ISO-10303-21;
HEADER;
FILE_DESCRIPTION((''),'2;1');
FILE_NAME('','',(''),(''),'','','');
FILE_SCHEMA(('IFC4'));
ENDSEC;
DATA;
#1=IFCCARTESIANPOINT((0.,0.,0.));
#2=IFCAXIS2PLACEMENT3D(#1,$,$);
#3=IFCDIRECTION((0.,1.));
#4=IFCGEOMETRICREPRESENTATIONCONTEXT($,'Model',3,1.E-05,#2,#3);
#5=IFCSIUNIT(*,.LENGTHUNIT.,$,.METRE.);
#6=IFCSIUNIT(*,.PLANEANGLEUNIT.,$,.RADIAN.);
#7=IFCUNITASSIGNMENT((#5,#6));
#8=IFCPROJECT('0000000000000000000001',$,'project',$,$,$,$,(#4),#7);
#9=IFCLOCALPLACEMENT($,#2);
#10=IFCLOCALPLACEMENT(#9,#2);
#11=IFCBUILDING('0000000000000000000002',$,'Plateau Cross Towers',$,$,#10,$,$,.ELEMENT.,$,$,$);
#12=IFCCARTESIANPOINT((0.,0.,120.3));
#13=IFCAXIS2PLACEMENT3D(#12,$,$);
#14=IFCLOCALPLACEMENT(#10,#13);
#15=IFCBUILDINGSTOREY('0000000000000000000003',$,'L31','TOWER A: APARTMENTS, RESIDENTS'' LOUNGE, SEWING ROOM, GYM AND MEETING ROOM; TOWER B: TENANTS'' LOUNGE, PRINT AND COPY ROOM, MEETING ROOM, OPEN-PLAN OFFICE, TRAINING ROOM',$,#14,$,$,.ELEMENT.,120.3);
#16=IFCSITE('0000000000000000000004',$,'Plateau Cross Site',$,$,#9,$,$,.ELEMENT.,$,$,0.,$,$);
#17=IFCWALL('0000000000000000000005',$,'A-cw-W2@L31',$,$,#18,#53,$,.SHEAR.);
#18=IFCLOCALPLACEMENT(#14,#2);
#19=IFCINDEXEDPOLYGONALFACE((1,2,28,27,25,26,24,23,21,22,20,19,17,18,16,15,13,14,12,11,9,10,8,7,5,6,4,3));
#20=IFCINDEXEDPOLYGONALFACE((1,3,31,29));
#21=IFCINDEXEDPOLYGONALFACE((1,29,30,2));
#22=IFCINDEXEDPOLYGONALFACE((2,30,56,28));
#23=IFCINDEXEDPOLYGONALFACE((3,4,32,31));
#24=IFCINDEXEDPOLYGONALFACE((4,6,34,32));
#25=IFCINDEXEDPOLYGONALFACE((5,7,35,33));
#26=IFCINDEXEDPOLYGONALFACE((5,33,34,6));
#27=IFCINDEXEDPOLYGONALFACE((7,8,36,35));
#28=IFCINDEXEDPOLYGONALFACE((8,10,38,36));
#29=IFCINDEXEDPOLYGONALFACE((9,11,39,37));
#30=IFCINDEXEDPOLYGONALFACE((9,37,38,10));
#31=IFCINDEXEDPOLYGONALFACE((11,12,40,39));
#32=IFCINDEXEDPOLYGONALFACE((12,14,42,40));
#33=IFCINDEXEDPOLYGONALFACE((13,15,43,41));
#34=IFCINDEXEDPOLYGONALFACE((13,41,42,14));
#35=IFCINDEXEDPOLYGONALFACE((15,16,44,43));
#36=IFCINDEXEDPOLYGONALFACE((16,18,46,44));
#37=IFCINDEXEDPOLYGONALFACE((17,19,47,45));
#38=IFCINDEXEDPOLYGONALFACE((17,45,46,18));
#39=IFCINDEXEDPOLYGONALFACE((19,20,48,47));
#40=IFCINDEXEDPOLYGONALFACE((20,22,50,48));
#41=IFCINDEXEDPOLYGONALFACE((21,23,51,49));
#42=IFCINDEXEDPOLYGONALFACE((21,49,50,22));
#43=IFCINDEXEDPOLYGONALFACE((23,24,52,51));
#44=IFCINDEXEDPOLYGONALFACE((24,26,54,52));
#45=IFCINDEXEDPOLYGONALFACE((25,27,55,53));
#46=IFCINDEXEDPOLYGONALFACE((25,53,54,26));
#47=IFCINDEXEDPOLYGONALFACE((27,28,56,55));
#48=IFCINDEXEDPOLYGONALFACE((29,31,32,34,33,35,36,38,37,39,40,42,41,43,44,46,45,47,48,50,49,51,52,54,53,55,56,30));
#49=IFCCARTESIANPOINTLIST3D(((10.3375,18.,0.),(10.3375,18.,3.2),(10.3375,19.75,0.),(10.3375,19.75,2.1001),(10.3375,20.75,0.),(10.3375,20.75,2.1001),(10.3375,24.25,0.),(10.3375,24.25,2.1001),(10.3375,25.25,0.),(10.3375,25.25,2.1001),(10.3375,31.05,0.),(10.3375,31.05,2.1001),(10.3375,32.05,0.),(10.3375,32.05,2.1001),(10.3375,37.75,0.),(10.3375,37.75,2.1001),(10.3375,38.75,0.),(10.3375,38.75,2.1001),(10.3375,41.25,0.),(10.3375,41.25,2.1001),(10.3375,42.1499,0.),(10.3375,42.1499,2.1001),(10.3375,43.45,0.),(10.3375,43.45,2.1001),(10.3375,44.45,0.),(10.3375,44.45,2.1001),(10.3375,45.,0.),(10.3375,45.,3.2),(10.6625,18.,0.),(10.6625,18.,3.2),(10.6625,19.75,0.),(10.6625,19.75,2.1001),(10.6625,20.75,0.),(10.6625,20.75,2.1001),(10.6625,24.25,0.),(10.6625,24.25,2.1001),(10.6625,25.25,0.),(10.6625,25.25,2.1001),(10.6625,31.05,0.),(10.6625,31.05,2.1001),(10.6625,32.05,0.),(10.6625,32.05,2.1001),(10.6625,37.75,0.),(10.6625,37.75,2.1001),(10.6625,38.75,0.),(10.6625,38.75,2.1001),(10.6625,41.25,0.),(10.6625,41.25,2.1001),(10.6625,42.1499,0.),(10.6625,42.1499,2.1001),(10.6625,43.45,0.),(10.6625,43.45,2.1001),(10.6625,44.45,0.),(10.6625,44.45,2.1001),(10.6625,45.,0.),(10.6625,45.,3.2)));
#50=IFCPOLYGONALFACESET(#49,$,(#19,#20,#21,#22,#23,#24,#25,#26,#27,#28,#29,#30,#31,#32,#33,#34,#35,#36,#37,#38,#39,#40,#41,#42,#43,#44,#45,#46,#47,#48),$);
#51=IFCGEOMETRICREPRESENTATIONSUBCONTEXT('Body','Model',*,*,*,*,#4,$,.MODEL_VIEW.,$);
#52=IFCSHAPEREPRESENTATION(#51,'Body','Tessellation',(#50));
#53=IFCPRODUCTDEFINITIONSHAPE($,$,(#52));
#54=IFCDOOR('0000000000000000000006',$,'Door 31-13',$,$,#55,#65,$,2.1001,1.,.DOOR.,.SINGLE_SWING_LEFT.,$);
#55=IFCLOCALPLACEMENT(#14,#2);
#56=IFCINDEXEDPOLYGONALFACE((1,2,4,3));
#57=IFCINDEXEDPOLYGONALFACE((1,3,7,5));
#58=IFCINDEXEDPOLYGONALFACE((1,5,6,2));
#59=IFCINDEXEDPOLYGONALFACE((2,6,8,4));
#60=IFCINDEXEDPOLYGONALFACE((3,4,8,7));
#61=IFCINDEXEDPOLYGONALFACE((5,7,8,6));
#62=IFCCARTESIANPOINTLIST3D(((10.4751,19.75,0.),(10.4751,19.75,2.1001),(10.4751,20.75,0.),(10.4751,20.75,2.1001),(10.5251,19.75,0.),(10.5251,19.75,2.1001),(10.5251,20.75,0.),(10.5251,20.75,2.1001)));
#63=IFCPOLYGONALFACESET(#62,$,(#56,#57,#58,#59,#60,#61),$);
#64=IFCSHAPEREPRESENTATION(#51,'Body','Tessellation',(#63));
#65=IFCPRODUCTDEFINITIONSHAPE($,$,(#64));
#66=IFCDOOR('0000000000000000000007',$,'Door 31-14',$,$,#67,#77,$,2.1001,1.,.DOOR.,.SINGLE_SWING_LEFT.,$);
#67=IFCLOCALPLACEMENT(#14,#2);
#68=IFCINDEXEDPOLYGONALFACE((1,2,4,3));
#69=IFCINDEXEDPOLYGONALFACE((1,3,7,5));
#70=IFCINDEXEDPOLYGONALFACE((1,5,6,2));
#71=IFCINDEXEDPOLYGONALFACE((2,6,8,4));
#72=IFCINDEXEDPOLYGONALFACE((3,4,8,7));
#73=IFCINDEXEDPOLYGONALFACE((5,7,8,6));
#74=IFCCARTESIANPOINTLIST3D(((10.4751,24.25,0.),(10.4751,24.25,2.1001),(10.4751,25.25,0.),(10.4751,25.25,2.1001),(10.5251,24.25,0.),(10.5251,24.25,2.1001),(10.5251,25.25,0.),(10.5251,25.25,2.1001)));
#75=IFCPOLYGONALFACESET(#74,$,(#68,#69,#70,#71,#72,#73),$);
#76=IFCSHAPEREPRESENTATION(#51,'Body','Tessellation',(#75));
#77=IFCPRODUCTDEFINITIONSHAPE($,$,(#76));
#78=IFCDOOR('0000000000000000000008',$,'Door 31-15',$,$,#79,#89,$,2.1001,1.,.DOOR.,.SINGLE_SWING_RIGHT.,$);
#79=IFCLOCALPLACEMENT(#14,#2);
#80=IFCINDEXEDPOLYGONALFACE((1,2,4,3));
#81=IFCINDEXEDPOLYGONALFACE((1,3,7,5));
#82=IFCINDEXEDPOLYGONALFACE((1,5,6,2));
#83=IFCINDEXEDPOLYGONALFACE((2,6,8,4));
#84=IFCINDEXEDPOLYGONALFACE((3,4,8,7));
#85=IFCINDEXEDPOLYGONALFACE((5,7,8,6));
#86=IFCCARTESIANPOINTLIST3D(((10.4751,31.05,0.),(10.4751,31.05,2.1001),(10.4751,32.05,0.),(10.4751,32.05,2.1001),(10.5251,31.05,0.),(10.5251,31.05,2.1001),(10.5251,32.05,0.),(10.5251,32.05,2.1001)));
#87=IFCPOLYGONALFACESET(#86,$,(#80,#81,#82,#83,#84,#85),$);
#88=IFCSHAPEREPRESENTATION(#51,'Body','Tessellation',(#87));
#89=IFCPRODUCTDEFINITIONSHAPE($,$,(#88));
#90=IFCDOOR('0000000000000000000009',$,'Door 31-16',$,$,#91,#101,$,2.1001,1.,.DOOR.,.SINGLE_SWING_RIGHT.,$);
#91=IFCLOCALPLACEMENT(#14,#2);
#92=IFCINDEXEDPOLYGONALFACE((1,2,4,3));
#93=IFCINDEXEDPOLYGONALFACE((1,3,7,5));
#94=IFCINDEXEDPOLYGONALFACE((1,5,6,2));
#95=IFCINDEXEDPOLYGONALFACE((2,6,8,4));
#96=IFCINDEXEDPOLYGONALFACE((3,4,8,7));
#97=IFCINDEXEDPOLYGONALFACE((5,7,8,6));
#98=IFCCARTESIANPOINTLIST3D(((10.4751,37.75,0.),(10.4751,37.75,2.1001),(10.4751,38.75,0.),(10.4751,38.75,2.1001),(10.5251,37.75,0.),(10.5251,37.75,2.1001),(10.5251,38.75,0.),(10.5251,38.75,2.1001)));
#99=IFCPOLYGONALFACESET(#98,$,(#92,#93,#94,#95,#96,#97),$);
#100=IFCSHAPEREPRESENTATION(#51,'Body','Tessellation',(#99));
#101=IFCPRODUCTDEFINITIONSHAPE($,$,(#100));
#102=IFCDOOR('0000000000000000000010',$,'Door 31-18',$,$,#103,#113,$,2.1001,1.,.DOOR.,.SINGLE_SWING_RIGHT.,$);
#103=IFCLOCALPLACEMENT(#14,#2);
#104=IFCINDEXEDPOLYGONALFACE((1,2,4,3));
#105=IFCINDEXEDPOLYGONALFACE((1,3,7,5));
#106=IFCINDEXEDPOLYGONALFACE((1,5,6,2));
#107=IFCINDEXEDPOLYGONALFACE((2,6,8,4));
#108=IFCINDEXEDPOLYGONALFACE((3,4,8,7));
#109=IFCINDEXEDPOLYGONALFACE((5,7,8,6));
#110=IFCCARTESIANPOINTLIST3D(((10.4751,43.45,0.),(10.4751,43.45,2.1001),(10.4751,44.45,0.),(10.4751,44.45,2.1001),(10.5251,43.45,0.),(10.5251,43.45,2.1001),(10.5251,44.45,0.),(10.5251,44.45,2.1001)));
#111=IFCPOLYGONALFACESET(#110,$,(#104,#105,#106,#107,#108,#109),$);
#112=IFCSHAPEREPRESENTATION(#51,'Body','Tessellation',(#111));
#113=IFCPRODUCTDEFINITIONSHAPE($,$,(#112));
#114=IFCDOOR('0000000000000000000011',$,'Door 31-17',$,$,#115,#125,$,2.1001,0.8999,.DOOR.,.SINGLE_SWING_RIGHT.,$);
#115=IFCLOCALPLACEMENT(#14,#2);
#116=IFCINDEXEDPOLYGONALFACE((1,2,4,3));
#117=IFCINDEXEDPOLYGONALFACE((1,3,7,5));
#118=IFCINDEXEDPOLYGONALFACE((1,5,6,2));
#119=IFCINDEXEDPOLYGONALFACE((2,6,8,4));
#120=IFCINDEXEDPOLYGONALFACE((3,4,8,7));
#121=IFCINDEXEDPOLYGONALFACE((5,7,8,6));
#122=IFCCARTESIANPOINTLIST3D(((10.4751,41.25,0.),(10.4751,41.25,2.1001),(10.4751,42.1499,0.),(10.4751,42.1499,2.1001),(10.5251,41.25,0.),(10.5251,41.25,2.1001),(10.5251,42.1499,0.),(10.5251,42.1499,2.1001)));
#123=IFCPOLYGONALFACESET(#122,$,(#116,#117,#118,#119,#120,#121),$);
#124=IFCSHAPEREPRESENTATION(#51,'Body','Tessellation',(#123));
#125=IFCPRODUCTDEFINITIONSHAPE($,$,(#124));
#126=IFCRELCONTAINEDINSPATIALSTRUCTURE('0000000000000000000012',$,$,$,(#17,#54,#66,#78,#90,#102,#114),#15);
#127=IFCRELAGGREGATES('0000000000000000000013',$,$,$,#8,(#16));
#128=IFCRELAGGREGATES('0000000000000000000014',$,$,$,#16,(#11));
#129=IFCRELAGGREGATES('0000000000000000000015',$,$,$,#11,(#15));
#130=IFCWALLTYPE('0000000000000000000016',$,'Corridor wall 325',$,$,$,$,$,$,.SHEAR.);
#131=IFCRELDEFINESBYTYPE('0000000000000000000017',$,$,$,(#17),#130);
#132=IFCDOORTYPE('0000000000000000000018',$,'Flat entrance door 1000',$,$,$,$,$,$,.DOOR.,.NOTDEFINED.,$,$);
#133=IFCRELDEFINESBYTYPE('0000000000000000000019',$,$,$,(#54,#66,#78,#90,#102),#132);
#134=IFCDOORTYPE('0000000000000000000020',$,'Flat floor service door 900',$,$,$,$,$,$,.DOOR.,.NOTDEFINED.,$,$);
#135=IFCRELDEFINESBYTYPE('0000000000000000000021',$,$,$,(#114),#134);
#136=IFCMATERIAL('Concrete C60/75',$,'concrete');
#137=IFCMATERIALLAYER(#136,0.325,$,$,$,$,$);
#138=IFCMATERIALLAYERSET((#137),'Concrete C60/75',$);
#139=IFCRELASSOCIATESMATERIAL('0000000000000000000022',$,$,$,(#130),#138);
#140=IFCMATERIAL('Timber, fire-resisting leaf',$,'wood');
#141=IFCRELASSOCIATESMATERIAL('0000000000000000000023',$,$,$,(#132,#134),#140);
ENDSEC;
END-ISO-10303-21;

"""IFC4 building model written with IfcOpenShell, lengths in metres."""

from ifc_helpers import new_model, si_unit, direction, frame, frame_2d, origin, place, context, subcontext, project, spatial, rectangle, extrude, material, layer, layer_set, type_object, element, fill, save


model = new_model("IFC4")

# Units and contexts
model_context = context("Model", 3, precision=1e-05, world=origin(), true_north=direction((0.0, 1.0)))
body_context = subcontext(model_context, "Body", "Model", "MODEL_VIEW")
ifc_project = project(units=[si_unit("LENGTHUNIT", "METRE"), si_unit("PLANEANGLEUNIT", "RADIAN")], contexts=[model_context])

# Site, building, storey
site_placement = place(None, origin())
site = spatial("IfcSite", under=ifc_project, at=site_placement, Name="Plateau Cross Site", CompositionType="ELEMENT", RefElevation=0.0)
building_placement = place(site_placement, origin())
building = spatial("IfcBuilding", under=site, at=building_placement, Name="Plateau Cross Towers", CompositionType="ELEMENT")
storey_placement = place(building_placement, frame((0.0, 0.0, 120.3)))
storey = spatial("IfcBuildingStorey", under=building, at=storey_placement, Name="L31", Description="TOWER A: APARTMENTS, RESIDENTS' LOUNGE, SEWING ROOM, GYM AND MEETING ROOM; TOWER B: TENANTS' LOUNGE, PRINT AND COPY ROOM, MEETING ROOM, OPEN-PLAN OFFICE, TRAINING ROOM", CompositionType="ELEMENT", Elevation=120.3)

# Shared definitions
ifc_material_1 = material(Name="Timber, fire-resisting leaf", Category="wood")

# Shared definitions
ifc_material_2 = material(Name="Concrete C60/75", Category="concrete")

# Wall, openings, doors
ifc_layer_1 = layer(ifc_material_2, 0.325)
ifc_layer_set_1 = layer_set([ifc_layer_1], Name="Concrete C60/75")
wall_type_1 = type_object("IfcWallType", Name="Corridor wall 325", PredefinedType="SHEAR", material=ifc_layer_set_1)
door_type_1 = type_object("IfcDoorType", Name="Flat entrance door 1000", OperationType="NOTDEFINED", PredefinedType="DOOR", material=ifc_material_1)
wall_1_placement = place(storey_placement, frame((10.5, 18.0, 0.0), z_axis=(0.0, 0.0, 1.0), x_axis=(0.0, 1.0, 0.0)))
wall_1 = element("IfcWall", 1, at=wall_1_placement, inside=storey, type_object=wall_type_1, Name="A-cw-W2@L31", PredefinedType="SHEAR", context=body_context, shape_type="SweptSolid", body=[
    extrude(rectangle(XDim=27.0, YDim=0.325, at=frame_2d((13.5, 0.0))), origin(), (0.0, 0.0, 1.0), 3.2),
])
opening_1_placement = place(wall_1_placement, frame((1.75, 0.0, 0.0)))
opening_1 = element("IfcOpeningElement", 2, at=opening_1_placement, cuts=wall_1, PredefinedType="OPENING", context=body_context, shape_type="SweptSolid", body=[
    extrude(rectangle(XDim=1.0, YDim=2.1001, at=frame_2d((0.5, 1.05))), frame((0.0, 0.1724, 0.0), z_axis=(0.0, -1.0, 0.0), x_axis=(1.0, 0.0, 0.0)), (0.0, 0.0, 1.0), 0.345),
])
opening_2_placement = place(wall_1_placement, frame((6.25, 0.0, 0.0)))
opening_2 = element("IfcOpeningElement", 3, at=opening_2_placement, cuts=wall_1, PredefinedType="OPENING", context=body_context, shape_type="SweptSolid", body=[
    extrude(rectangle(XDim=1.0, YDim=2.1001, at=frame_2d((0.5, 1.05))), frame((0.0, 0.1724, 0.0), z_axis=(0.0, -1.0, 0.0), x_axis=(1.0, 0.0, 0.0)), (0.0, 0.0, 1.0), 0.345),
])
opening_3_placement = place(wall_1_placement, frame((13.05, 0.0, 0.0)))
opening_3 = element("IfcOpeningElement", 4, at=opening_3_placement, cuts=wall_1, PredefinedType="OPENING", context=body_context, shape_type="SweptSolid", body=[
    extrude(rectangle(XDim=1.0, YDim=2.1001, at=frame_2d((0.5, 1.05))), frame((0.0, 0.1724, 0.0), z_axis=(0.0, -1.0, 0.0), x_axis=(1.0, 0.0, 0.0)), (0.0, 0.0, 1.0), 0.345),
])
opening_4_placement = place(wall_1_placement, frame((19.75, 0.0, 0.0)))
opening_4 = element("IfcOpeningElement", 5, at=opening_4_placement, cuts=wall_1, PredefinedType="OPENING", context=body_context, shape_type="SweptSolid", body=[
    extrude(rectangle(XDim=1.0, YDim=2.1001, at=frame_2d((0.5, 1.05))), frame((0.0, 0.1724, 0.0), z_axis=(0.0, -1.0, 0.0), x_axis=(1.0, 0.0, 0.0)), (0.0, 0.0, 1.0), 0.345),
])
opening_5_placement = place(wall_1_placement, frame((23.25, 0.0, 0.0)))
opening_5 = element("IfcOpeningElement", 6, at=opening_5_placement, cuts=wall_1, PredefinedType="OPENING", context=body_context, shape_type="SweptSolid", body=[
    extrude(rectangle(XDim=0.8999, YDim=2.1001, at=frame_2d((0.45, 1.05))), frame((0.0, 0.1724, 0.0), z_axis=(0.0, -1.0, 0.0), x_axis=(1.0, 0.0, 0.0)), (0.0, 0.0, 1.0), 0.345),
])
opening_6_placement = place(wall_1_placement, frame((25.45, 0.0, 0.0)))
opening_6 = element("IfcOpeningElement", 7, at=opening_6_placement, cuts=wall_1, PredefinedType="OPENING", context=body_context, shape_type="SweptSolid", body=[
    extrude(rectangle(XDim=1.0, YDim=2.1001, at=frame_2d((0.5, 1.05))), frame((0.0, 0.1724, 0.0), z_axis=(0.0, -1.0, 0.0), x_axis=(1.0, 0.0, 0.0)), (0.0, 0.0, 1.0), 0.345),
])
door_1_placement = place(opening_1_placement, origin())
door_1 = element("IfcDoor", 8, at=door_1_placement, inside=storey, type_object=door_type_1, Name="Door 31-13", OperationType="SINGLE_SWING_LEFT", OverallHeight=2.1001, OverallWidth=1.0, PredefinedType="DOOR", context=body_context, shape_type="SweptSolid", body=[
    extrude(rectangle(XDim=1.0, YDim=2.1001, at=frame_2d((0.5, 1.05))), frame((0.0, 0.0249, 0.0), z_axis=(0.0, -1.0, 0.0), x_axis=(1.0, 0.0, 0.0)), (0.0, 0.0, 1.0), 0.05),
])
fill(opening_1, door_1)
door_2_placement = place(opening_2_placement, origin())
door_2 = element("IfcDoor", 9, at=door_2_placement, inside=storey, type_object=door_type_1, Name="Door 31-14", OperationType="SINGLE_SWING_LEFT", OverallHeight=2.1001, OverallWidth=1.0, PredefinedType="DOOR", context=body_context, shape_type="SweptSolid", body=[
    extrude(rectangle(XDim=1.0, YDim=2.1001, at=frame_2d((0.5, 1.05))), frame((0.0, 0.0249, 0.0), z_axis=(0.0, -1.0, 0.0), x_axis=(1.0, 0.0, 0.0)), (0.0, 0.0, 1.0), 0.05),
])
fill(opening_2, door_2)
door_3_placement = place(opening_3_placement, origin())
door_3 = element("IfcDoor", 10, at=door_3_placement, inside=storey, type_object=door_type_1, Name="Door 31-15", OperationType="SINGLE_SWING_RIGHT", OverallHeight=2.1001, OverallWidth=1.0, PredefinedType="DOOR", context=body_context, shape_type="SweptSolid", body=[
    extrude(rectangle(XDim=1.0, YDim=2.1001, at=frame_2d((0.5, 1.05))), frame((0.0, 0.0249, 0.0), z_axis=(0.0, -1.0, 0.0), x_axis=(1.0, 0.0, 0.0)), (0.0, 0.0, 1.0), 0.05),
])
fill(opening_3, door_3)
door_4_placement = place(opening_4_placement, origin())
door_4 = element("IfcDoor", 11, at=door_4_placement, inside=storey, type_object=door_type_1, Name="Door 31-16", OperationType="SINGLE_SWING_RIGHT", OverallHeight=2.1001, OverallWidth=1.0, PredefinedType="DOOR", context=body_context, shape_type="SweptSolid", body=[
    extrude(rectangle(XDim=1.0, YDim=2.1001, at=frame_2d((0.5, 1.05))), frame((0.0, 0.0249, 0.0), z_axis=(0.0, -1.0, 0.0), x_axis=(1.0, 0.0, 0.0)), (0.0, 0.0, 1.0), 0.05),
])
fill(opening_4, door_4)
door_5_placement = place(opening_6_placement, origin())
door_5 = element("IfcDoor", 12, at=door_5_placement, inside=storey, type_object=door_type_1, Name="Door 31-18", OperationType="SINGLE_SWING_RIGHT", OverallHeight=2.1001, OverallWidth=1.0, PredefinedType="DOOR", context=body_context, shape_type="SweptSolid", body=[
    extrude(rectangle(XDim=1.0, YDim=2.1001, at=frame_2d((0.5, 1.05))), frame((0.0, 0.0249, 0.0), z_axis=(0.0, -1.0, 0.0), x_axis=(1.0, 0.0, 0.0)), (0.0, 0.0, 1.0), 0.05),
])
fill(opening_6, door_5)
door_type_2 = type_object("IfcDoorType", Name="Flat floor service door 900", OperationType="NOTDEFINED", PredefinedType="DOOR", material=ifc_material_1)
door_6_placement = place(opening_5_placement, origin())
door_6 = element("IfcDoor", 13, at=door_6_placement, inside=storey, type_object=door_type_2, Name="Door 31-17", OperationType="SINGLE_SWING_RIGHT", OverallHeight=2.1001, OverallWidth=0.8999, PredefinedType="DOOR", context=body_context, shape_type="SweptSolid", body=[
    extrude(rectangle(XDim=0.8999, YDim=2.1001, at=frame_2d((0.45, 1.05))), frame((0.0, 0.0249, 0.0), z_axis=(0.0, -1.0, 0.0), x_axis=(1.0, 0.0, 0.0)), (0.0, 0.0, 1.0), 0.05),
])
fill(opening_5, door_6)

save(model, "model.ifc")
